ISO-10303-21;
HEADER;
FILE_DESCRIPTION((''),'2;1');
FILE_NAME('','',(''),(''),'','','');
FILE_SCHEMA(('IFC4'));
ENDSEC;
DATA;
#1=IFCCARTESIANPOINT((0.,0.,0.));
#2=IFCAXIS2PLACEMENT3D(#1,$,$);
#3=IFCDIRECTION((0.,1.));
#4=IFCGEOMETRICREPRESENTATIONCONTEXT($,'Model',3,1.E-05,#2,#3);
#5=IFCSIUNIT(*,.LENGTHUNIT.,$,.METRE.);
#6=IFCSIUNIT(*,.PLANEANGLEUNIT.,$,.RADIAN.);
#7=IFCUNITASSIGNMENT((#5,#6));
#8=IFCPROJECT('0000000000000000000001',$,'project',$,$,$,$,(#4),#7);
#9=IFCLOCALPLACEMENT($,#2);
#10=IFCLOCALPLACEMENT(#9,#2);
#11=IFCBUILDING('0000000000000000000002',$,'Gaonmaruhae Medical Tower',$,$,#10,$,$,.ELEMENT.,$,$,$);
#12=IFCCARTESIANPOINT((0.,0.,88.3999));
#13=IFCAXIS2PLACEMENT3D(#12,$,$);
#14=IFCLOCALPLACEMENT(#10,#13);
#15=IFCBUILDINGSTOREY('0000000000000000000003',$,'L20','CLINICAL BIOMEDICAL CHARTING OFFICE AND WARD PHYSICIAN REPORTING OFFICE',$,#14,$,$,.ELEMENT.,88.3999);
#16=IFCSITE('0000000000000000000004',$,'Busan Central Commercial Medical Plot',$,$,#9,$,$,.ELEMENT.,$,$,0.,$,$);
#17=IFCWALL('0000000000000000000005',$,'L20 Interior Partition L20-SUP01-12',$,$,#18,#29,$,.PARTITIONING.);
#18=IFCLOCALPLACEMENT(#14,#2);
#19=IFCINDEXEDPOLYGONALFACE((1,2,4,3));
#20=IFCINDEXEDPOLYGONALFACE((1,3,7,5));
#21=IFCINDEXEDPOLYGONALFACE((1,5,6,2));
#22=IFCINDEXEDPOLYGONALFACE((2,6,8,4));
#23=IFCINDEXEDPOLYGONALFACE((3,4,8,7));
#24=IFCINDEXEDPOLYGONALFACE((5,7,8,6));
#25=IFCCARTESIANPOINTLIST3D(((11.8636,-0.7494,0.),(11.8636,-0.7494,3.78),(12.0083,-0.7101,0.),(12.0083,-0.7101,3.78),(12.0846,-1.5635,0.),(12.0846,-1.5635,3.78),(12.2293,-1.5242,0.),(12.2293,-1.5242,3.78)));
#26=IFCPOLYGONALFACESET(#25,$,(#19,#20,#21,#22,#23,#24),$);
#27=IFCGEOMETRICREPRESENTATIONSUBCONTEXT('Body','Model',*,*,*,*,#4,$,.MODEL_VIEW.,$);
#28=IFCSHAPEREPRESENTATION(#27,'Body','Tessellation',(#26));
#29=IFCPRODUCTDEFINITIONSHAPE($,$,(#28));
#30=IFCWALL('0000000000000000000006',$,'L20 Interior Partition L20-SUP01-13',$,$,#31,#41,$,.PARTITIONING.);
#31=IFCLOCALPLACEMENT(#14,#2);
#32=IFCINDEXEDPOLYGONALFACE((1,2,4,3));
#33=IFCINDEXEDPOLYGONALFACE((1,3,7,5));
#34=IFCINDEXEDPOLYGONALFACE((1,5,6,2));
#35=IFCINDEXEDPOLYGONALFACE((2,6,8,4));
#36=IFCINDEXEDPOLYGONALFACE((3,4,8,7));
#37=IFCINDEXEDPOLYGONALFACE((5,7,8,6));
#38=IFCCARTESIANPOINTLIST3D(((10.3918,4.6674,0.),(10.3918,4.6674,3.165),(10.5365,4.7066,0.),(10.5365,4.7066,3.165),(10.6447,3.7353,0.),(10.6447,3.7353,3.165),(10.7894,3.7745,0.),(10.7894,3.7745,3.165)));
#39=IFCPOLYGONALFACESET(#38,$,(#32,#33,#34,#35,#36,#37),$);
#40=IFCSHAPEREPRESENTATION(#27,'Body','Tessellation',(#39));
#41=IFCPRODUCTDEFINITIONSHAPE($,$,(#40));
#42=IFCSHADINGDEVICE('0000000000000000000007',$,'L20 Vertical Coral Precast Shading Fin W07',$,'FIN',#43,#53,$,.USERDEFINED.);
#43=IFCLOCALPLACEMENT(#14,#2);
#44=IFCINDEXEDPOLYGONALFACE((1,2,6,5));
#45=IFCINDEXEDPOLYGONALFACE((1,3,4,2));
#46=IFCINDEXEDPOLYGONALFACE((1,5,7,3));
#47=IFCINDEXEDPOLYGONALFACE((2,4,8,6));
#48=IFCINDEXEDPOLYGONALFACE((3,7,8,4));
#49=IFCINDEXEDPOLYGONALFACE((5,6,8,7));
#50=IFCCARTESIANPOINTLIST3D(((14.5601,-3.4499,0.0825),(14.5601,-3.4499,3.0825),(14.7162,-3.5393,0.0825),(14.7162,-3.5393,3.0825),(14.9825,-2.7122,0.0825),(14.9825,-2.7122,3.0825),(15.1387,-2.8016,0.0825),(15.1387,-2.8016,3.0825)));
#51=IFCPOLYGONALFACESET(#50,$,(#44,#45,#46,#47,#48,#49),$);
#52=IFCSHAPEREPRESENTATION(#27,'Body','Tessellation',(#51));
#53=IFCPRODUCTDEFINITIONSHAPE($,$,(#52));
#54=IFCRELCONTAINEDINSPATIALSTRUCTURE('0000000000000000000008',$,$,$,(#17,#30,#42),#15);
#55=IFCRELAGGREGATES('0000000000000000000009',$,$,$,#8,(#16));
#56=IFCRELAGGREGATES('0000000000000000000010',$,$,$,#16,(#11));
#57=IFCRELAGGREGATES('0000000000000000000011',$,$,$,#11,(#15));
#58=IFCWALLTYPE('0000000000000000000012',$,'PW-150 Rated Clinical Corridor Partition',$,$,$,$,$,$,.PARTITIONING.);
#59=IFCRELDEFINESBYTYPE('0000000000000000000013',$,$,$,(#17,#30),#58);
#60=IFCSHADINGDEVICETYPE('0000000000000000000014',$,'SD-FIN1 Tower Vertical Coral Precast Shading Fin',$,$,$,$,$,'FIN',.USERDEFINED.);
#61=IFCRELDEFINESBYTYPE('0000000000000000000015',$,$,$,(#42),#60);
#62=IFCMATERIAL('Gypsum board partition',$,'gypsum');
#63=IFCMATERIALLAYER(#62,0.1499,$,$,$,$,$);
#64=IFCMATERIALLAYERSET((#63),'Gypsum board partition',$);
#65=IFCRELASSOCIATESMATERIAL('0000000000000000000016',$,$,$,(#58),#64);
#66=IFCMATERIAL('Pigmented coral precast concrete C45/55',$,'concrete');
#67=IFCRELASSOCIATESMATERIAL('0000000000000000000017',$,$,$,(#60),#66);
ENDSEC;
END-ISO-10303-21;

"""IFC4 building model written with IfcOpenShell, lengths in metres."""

from ifc_helpers import new_model, si_unit, direction, frame, frame_2d, origin, origin_2d, place, context, subcontext, project, spatial, rectangle, extrude, material, layer, layer_set, type_object, element, save


model = new_model("IFC4")

# Units and contexts
model_context = context("Model", 3, precision=1e-05, world=origin(), true_north=direction((0.0, 1.0)))
body_context = subcontext(model_context, "Body", "Model", "MODEL_VIEW")
ifc_project = project(units=[si_unit("LENGTHUNIT", "METRE"), si_unit("PLANEANGLEUNIT", "RADIAN")], contexts=[model_context])

# Site, building, storey
site_placement = place(None, origin())
site = spatial("IfcSite", under=ifc_project, at=site_placement, Name="Busan Central Commercial Medical Plot", CompositionType="ELEMENT", RefElevation=0.0)
building_placement = place(site_placement, origin())
building = spatial("IfcBuilding", under=site, at=building_placement, Name="Gaonmaruhae Medical Tower", CompositionType="ELEMENT")
storey_placement = place(building_placement, frame((0.0, 0.0, 88.3999)))
storey = spatial("IfcBuildingStorey", under=building, at=storey_placement, Name="L20", Description="CLINICAL BIOMEDICAL CHARTING OFFICE AND WARD PHYSICIAN REPORTING OFFICE", CompositionType="ELEMENT", Elevation=88.3999)

# Walls
ifc_material_1 = material(Name="Gypsum board partition", Category="gypsum")
ifc_layer_1 = layer(ifc_material_1, 0.1499)
ifc_layer_set_1 = layer_set([ifc_layer_1], Name="Gypsum board partition")
wall_type_1 = type_object("IfcWallType", Name="PW-150 Rated Clinical Corridor Partition", PredefinedType="PARTITIONING", material=ifc_layer_set_1)
wall_1_placement = place(storey_placement, frame((12.157, -1.5439, 0.0), z_axis=(0.0, 0.0, 1.0), x_axis=(-0.261966, 0.965077, 0.0)))
element("IfcWall", 1, at=wall_1_placement, inside=storey, type_object=wall_type_1, Name="L20 Interior Partition L20-SUP01-12", PredefinedType="PARTITIONING", context=body_context, shape_type="SweptSolid", body=[
    extrude(rectangle(XDim=0.8435, YDim=0.1499, at=frame_2d((0.4219, 0.0))), origin(), (0.0, 0.0, 1.0), 3.78),
])
wall_2_placement = place(storey_placement, frame((10.717, 3.7549, 0.0), z_axis=(0.0, 0.0, 1.0), x_axis=(-0.261877, 0.965101, 0.0)))
element("IfcWall", 2, at=wall_2_placement, inside=storey, type_object=wall_type_1, Name="L20 Interior Partition L20-SUP01-13", PredefinedType="PARTITIONING", context=body_context, shape_type="SweptSolid", body=[
    extrude(rectangle(XDim=0.9658, YDim=0.1499, at=frame_2d((0.4829, 0.0))), origin(), (0.0, 0.0, 1.0), 3.165),
])

# Shading device
ifc_material_2 = material(Name="Pigmented coral precast concrete C45/55", Category="concrete")
shading_device_type = type_object("IfcShadingDeviceType", Name="SD-FIN1 Tower Vertical Coral Precast Shading Fin", ElementType="FIN", PredefinedType="USERDEFINED", material=ifc_material_2)
shading_device_placement = place(storey_placement, frame((14.8494, -3.1257, 0.0825), z_axis=(0.0, 0.0, 1.0), x_axis=(-0.867774, 0.496959, 0.0)))
element("IfcShadingDevice", 3, at=shading_device_placement, inside=storey, type_object=shading_device_type, Name="L20 Vertical Coral Precast Shading Fin W07", ObjectType="FIN", PredefinedType="USERDEFINED", context=body_context, shape_type="SweptSolid", body=[
    extrude(rectangle(XDim=0.1799, YDim=0.8501, at=origin_2d()), origin(), (0.0, 0.0, 1.0), 3.0),
])

save(model, "model.ifc")
